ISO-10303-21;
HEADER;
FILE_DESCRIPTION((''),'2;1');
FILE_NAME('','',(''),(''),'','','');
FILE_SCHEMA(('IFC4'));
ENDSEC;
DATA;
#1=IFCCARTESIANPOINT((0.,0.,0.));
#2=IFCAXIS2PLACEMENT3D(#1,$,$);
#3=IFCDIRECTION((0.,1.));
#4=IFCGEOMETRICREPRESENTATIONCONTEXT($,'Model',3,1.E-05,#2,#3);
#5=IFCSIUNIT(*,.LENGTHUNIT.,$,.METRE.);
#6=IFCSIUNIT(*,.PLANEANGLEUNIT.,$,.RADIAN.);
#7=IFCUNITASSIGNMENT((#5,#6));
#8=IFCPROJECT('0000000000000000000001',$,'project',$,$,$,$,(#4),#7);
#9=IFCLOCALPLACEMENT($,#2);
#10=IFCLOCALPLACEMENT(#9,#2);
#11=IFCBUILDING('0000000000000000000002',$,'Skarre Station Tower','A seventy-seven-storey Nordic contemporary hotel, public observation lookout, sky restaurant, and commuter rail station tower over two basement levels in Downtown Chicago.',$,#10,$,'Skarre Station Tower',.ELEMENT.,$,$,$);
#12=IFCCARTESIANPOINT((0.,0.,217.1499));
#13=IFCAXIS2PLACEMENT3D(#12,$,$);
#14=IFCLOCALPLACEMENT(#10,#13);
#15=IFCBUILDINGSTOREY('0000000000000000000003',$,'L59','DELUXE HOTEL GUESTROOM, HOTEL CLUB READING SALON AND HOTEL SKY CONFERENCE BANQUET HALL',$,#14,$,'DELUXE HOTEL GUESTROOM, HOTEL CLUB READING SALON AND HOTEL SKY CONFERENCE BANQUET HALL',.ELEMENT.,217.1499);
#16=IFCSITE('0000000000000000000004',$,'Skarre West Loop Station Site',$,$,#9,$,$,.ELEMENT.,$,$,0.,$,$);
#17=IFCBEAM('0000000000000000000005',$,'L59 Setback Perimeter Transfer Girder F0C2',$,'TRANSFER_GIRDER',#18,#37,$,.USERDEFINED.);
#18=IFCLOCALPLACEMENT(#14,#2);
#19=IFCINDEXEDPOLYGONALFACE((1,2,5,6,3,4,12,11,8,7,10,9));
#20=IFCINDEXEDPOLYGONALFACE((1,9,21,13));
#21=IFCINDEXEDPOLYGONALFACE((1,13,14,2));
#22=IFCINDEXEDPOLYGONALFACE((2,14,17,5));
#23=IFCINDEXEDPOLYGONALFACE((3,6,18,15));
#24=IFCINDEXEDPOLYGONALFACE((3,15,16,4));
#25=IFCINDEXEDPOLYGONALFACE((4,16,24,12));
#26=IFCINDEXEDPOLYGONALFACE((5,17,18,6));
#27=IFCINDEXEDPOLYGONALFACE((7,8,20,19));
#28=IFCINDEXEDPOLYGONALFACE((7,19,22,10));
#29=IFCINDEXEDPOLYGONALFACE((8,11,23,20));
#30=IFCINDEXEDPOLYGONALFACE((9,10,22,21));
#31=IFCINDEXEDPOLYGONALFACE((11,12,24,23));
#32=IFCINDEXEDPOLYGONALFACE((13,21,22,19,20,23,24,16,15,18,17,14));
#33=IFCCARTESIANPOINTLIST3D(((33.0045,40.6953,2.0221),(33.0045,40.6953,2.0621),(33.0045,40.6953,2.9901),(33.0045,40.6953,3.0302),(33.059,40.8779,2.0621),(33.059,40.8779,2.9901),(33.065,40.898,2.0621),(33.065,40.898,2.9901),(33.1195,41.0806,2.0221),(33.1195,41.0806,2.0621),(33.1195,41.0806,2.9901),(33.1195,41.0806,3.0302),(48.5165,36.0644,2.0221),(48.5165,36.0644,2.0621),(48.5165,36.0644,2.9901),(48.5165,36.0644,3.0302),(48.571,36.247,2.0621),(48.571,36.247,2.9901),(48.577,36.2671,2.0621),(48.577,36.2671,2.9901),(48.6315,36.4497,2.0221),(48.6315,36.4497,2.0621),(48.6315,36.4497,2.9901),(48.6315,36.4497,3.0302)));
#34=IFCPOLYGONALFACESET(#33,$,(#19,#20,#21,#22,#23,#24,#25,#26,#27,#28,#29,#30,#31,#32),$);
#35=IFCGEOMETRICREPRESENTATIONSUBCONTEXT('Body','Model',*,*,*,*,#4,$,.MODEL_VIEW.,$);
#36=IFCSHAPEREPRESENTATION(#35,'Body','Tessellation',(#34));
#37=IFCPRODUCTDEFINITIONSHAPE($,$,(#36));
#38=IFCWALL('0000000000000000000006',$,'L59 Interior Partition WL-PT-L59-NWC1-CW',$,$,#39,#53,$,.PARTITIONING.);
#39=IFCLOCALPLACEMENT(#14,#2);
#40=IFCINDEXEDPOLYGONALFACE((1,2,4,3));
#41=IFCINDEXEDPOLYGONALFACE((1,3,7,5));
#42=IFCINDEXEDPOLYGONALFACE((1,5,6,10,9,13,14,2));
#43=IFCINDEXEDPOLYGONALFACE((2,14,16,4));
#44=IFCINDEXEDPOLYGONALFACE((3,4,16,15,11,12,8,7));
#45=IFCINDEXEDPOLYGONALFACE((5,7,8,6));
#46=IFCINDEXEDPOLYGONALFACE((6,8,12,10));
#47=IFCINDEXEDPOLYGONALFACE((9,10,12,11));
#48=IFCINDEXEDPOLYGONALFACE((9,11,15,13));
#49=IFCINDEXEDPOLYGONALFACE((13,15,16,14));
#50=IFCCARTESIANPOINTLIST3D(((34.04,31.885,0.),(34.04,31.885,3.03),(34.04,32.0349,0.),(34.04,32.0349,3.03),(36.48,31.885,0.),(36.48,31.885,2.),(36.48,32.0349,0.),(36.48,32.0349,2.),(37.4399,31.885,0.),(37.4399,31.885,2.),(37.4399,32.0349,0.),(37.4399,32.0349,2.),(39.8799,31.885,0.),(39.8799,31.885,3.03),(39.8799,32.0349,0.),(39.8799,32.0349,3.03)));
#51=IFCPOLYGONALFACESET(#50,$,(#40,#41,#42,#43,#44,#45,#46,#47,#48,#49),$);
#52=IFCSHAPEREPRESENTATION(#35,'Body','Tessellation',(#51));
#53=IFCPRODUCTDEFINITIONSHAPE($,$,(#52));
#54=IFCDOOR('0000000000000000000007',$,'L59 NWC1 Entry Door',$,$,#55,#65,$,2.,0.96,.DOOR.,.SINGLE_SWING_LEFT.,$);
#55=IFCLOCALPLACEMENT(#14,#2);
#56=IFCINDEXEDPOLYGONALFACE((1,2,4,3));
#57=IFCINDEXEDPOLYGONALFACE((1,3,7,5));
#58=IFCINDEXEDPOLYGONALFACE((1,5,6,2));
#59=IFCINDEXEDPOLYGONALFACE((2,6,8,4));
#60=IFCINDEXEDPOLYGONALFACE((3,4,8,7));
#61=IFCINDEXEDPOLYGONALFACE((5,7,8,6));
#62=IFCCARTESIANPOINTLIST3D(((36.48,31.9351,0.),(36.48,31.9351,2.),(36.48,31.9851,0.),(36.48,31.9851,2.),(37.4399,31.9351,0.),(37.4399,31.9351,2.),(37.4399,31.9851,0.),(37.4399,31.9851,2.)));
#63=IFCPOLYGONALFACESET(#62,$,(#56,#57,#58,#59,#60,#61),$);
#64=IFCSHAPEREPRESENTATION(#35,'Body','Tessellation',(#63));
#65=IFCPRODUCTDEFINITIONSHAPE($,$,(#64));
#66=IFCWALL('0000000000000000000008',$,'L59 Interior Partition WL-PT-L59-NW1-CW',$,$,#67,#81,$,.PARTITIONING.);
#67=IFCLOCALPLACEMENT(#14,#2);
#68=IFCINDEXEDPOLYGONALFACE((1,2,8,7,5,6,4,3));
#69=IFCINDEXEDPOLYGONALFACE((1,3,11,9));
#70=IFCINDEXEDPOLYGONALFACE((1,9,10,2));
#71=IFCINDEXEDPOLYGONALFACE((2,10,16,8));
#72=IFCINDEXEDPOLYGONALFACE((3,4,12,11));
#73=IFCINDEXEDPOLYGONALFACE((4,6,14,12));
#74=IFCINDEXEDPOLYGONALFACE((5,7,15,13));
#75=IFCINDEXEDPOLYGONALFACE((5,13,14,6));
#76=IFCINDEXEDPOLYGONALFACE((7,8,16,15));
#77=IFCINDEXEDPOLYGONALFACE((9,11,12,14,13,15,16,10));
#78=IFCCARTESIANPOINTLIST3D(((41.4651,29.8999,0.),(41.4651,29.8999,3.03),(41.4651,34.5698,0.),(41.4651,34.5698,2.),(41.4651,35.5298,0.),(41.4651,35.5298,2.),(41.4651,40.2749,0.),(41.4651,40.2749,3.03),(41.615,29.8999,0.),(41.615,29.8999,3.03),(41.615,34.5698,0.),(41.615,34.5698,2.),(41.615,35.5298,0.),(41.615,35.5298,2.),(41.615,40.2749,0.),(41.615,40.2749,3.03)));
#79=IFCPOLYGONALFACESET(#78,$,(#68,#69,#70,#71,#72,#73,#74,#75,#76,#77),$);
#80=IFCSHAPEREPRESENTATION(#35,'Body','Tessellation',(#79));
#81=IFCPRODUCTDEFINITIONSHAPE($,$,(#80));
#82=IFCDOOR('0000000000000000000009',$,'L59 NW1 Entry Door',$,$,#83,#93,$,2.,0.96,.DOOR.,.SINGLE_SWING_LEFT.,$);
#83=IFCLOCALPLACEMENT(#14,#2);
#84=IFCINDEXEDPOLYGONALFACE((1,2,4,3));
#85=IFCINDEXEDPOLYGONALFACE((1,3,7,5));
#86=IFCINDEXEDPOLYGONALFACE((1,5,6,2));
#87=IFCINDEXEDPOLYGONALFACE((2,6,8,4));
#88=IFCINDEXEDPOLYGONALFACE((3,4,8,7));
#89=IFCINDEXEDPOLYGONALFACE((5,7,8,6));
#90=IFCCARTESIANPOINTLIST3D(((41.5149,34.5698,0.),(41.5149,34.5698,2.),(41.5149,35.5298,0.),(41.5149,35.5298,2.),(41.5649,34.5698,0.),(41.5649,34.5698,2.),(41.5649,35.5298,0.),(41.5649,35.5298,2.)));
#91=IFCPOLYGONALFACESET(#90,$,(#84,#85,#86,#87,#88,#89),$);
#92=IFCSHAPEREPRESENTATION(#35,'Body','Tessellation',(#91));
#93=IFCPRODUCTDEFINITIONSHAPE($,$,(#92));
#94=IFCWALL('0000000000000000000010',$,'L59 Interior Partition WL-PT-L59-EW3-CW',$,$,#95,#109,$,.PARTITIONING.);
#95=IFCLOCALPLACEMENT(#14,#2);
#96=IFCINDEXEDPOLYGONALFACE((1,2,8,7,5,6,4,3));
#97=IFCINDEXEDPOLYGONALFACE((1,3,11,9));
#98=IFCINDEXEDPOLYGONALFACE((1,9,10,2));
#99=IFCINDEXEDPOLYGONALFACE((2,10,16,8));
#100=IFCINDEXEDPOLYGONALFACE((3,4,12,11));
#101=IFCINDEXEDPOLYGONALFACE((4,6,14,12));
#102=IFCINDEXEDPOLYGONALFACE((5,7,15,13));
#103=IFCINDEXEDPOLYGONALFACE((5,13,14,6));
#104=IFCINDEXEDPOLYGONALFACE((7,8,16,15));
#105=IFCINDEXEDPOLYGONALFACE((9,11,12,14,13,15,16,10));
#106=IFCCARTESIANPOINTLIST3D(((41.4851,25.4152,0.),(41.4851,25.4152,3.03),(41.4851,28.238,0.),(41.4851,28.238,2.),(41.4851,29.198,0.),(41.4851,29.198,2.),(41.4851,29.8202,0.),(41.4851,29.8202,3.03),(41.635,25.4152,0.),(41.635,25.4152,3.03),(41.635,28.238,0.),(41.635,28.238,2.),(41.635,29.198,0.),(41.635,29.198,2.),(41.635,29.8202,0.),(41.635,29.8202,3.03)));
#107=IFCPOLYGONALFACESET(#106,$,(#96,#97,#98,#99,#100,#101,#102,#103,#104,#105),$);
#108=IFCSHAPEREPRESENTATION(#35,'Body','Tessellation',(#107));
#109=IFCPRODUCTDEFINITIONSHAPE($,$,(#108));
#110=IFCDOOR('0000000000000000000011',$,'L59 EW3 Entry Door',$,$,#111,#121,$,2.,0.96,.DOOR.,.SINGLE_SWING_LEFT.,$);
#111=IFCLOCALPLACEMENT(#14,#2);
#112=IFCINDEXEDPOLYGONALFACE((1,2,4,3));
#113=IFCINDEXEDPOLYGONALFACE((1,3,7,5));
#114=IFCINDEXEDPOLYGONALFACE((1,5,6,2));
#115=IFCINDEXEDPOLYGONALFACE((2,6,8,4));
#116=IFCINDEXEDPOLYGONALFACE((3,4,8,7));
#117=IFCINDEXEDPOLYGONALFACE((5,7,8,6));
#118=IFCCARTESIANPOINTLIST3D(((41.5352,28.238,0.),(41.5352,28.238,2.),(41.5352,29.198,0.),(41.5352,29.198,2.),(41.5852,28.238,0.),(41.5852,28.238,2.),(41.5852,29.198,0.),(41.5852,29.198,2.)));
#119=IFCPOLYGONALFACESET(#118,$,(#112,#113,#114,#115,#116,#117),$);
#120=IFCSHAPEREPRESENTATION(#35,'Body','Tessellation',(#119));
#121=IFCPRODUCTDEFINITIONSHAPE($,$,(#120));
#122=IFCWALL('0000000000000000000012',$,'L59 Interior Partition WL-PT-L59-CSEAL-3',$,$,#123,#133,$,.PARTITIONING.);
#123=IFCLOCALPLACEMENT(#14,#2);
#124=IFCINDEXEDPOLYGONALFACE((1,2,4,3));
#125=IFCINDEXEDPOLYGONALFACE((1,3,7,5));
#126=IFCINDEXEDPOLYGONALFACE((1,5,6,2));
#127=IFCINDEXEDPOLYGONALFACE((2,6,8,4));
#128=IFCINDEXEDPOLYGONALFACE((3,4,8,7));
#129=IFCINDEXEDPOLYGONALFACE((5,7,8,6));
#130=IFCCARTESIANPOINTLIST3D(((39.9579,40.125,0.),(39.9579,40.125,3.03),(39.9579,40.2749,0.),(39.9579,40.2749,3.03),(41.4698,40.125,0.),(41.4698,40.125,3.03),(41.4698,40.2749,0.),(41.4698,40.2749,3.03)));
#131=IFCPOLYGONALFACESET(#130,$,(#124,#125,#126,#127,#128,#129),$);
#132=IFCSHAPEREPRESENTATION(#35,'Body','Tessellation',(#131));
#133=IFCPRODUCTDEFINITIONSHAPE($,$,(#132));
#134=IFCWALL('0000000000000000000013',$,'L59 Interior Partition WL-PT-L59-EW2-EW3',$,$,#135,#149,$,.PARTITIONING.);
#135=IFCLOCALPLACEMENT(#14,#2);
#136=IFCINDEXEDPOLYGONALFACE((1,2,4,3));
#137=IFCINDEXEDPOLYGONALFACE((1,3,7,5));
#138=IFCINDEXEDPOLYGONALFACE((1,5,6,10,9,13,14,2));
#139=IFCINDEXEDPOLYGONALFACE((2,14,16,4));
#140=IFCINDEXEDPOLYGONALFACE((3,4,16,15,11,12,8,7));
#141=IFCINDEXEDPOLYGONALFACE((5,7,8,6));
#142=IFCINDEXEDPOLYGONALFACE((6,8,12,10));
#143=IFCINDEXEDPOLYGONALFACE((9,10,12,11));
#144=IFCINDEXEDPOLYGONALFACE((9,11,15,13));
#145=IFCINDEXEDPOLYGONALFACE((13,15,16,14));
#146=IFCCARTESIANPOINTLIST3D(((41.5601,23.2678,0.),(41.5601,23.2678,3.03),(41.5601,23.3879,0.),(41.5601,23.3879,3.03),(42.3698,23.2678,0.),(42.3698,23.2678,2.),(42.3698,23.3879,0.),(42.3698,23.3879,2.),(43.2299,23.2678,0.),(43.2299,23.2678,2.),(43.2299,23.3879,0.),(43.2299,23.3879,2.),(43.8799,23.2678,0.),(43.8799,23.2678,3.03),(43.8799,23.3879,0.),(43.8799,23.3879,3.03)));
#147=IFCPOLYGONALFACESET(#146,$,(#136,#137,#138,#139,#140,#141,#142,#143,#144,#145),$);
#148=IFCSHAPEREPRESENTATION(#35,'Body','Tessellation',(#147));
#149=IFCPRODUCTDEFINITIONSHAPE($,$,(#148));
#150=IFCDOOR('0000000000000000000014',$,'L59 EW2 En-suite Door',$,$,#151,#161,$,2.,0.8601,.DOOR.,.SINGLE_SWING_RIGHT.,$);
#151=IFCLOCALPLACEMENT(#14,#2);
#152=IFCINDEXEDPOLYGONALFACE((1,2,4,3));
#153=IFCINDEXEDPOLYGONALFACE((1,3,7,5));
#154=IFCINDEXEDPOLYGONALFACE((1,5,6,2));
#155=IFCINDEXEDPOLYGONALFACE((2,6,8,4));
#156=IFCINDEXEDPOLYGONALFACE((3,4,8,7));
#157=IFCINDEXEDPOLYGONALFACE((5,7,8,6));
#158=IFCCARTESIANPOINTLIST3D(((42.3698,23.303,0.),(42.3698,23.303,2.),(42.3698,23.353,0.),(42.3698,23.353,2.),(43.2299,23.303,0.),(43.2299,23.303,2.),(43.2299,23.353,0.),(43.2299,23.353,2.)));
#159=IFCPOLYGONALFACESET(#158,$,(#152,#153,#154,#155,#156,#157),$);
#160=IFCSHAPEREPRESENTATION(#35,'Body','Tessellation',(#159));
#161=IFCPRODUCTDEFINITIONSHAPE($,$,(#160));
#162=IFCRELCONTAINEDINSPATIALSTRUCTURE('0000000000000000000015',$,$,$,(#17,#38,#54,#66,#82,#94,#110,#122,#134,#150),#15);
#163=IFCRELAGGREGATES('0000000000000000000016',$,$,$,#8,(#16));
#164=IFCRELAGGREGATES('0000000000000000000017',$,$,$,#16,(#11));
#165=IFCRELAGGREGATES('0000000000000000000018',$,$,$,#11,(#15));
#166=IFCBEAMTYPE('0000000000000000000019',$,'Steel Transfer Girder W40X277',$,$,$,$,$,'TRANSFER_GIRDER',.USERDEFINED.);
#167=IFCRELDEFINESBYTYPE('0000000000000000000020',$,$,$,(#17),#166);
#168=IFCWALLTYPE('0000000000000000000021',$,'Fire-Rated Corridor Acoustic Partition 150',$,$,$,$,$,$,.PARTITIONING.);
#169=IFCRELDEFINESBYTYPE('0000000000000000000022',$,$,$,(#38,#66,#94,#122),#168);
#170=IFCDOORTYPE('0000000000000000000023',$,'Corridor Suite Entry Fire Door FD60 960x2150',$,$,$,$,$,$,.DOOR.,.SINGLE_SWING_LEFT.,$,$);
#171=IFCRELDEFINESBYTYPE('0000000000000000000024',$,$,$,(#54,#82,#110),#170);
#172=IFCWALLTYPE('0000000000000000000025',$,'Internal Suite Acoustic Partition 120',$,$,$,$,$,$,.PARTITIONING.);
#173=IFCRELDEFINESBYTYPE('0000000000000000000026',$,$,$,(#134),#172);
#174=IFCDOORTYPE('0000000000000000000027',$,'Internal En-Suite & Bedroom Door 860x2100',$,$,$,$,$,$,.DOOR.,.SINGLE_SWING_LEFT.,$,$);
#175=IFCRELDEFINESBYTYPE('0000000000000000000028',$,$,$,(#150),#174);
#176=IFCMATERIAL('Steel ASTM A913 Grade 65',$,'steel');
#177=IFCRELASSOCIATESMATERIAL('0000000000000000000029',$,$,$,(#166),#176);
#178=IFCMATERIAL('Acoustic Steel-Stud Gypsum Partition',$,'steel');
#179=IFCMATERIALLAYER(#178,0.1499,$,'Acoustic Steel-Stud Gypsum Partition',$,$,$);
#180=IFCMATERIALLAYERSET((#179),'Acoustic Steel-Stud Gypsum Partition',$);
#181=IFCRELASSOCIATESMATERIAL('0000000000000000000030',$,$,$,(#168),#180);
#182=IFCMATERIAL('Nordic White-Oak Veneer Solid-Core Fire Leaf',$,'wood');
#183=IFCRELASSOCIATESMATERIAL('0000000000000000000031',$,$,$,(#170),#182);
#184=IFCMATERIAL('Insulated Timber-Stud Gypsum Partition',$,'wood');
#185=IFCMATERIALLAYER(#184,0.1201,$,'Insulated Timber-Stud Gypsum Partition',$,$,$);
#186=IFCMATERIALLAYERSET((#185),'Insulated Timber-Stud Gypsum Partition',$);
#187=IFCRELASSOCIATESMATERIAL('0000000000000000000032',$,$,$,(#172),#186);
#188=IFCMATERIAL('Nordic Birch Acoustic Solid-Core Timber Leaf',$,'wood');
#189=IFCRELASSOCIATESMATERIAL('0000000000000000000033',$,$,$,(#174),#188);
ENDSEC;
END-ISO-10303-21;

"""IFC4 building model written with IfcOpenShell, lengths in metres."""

from ifc_helpers import new_model, si_unit, direction, frame, frame_2d, origin, origin_2d, place, context, subcontext, project, spatial, rectangle, i_section, extrude, material, layer, layer_set, material_profile, profile_set, type_object, element, fill, save


model = new_model("IFC4")

# Units and contexts
model_context = context("Model", 3, precision=1e-05, world=origin(), true_north=direction((0.0, 1.0)))
body_context = subcontext(model_context, "Body", "Model", "MODEL_VIEW")
ifc_project = project(units=[si_unit("LENGTHUNIT", "METRE"), si_unit("PLANEANGLEUNIT", "RADIAN")], contexts=[model_context])

# Site, building, storey
site_placement = place(None, origin())
site = spatial("IfcSite", under=ifc_project, at=site_placement, Name="Skarre West Loop Station Site", CompositionType="ELEMENT", RefElevation=0.0)
building_placement = place(site_placement, origin())
building = spatial("IfcBuilding", under=site, at=building_placement, Name="Skarre Station Tower", Description="A seventy-seven-storey Nordic contemporary hotel, public observation lookout, sky restaurant, and commuter rail station tower over two basement levels in Downtown Chicago.", LongName="Skarre Station Tower", CompositionType="ELEMENT")
storey_placement = place(building_placement, frame((0.0, 0.0, 217.1499)))
storey = spatial("IfcBuildingStorey", under=building, at=storey_placement, Name="L59", Description="DELUXE HOTEL GUESTROOM, HOTEL CLUB READING SALON AND HOTEL SKY CONFERENCE BANQUET HALL", LongName="DELUXE HOTEL GUESTROOM, HOTEL CLUB READING SALON AND HOTEL SKY CONFERENCE BANQUET HALL", CompositionType="ELEMENT", Elevation=217.1499)

# Beam
ifc_material_1 = material(Name="Steel ASTM A913 Grade 65", Category="steel")
ifc_material_profile_1 = material_profile(ifc_material_1, i_section(OverallWidth=0.4021, OverallDepth=1.0081, WebThickness=0.021, FlangeThickness=0.04, at=origin_2d()), Name="Steel ASTM A913 Grade 65")
ifc_profile_set_1 = profile_set([ifc_material_profile_1], Name="Steel ASTM A913 Grade 65")
beam_type_1 = type_object("IfcBeamType", Name="Steel Transfer Girder W40X277", ElementType="TRANSFER_GIRDER", PredefinedType="USERDEFINED", material=ifc_profile_set_1)
beam_1_placement = place(storey_placement, frame((48.574, 36.2571, 2.5261), z_axis=(-0.958212, 0.28606, 0.0), x_axis=(-0.28606, -0.958212, 0.0)))
element("IfcBeam", 1, at=beam_1_placement, inside=storey, type_object=beam_type_1, Name="L59 Setback Perimeter Transfer Girder F0C2", ObjectType="TRANSFER_GIRDER", PredefinedType="USERDEFINED", context=body_context, shape_type="SweptSolid", body=[
    extrude(i_section(OverallWidth=0.4021, OverallDepth=1.0081, WebThickness=0.021, FlangeThickness=0.04, at=origin_2d()), origin(), (0.0, 0.0, 1.0), 16.1885),
])

# Walls, openings, doors
ifc_material_2 = material(Name="Acoustic Steel-Stud Gypsum Partition", Category="steel")
ifc_layer_1 = layer(ifc_material_2, 0.1499, Name="Acoustic Steel-Stud Gypsum Partition")
ifc_layer_set_1 = layer_set([ifc_layer_1], Name="Acoustic Steel-Stud Gypsum Partition")
wall_type_1 = type_object("IfcWallType", Name="Fire-Rated Corridor Acoustic Partition 150", PredefinedType="PARTITIONING", material=ifc_layer_set_1)
wall_1_placement = place(storey_placement, frame((39.8799, 31.96, 0.0), z_axis=(0.0, 0.0, 1.0), x_axis=(-1.0, 0.0, 0.0)))
wall_1 = element("IfcWall", 2, at=wall_1_placement, inside=storey, type_object=wall_type_1, Name="L59 Interior Partition WL-PT-L59-NWC1-CW", PredefinedType="PARTITIONING", context=body_context, shape_type="SweptSolid", body=[
    extrude(rectangle(XDim=5.8398, YDim=0.1499, at=frame_2d((2.9199, 0.0))), origin(), (0.0, 0.0, 1.0), 3.03),
])
opening_1_placement = place(wall_1_placement, frame((2.4399, 0.0, 0.0)))
opening_1 = element("IfcOpeningElement", 3, at=opening_1_placement, cuts=wall_1, PredefinedType="OPENING", context=body_context, shape_type="SweptSolid", body=[
    extrude(rectangle(XDim=0.96, YDim=2.0, at=frame_2d((0.48, 1.0))), frame((0.0, 0.085, 0.0), z_axis=(0.0, -1.0, 0.0), x_axis=(1.0, 0.0, 0.0)), (0.0, 0.0, 1.0), 0.1699),
])
ifc_material_3 = material(Name="Nordic White-Oak Veneer Solid-Core Fire Leaf", Category="wood")
door_type_1 = type_object("IfcDoorType", Name="Corridor Suite Entry Fire Door FD60 960x2150", OperationType="SINGLE_SWING_LEFT", PredefinedType="DOOR", material=ifc_material_3)
door_1_placement = place(opening_1_placement, origin())
door_1 = element("IfcDoor", 4, at=door_1_placement, inside=storey, type_object=door_type_1, Name="L59 NWC1 Entry Door", OperationType="SINGLE_SWING_LEFT", OverallHeight=2.0, OverallWidth=0.96, PredefinedType="DOOR", context=body_context, shape_type="SweptSolid", body=[
    extrude(rectangle(XDim=0.96, YDim=2.0, at=frame_2d((0.48, 1.0))), frame((0.0, 0.0249, 0.0), z_axis=(0.0, -1.0, 0.0), x_axis=(1.0, 0.0, 0.0)), (0.0, 0.0, 1.0), 0.05),
])
fill(opening_1, door_1)
wall_2_placement = place(storey_placement, frame((41.54, 40.2749, 0.0), z_axis=(0.0, 0.0, 1.0), x_axis=(0.0, -1.0, 0.0)))
wall_2 = element("IfcWall", 5, at=wall_2_placement, inside=storey, type_object=wall_type_1, Name="L59 Interior Partition WL-PT-L59-NW1-CW", PredefinedType="PARTITIONING", context=body_context, shape_type="SweptSolid", body=[
    extrude(rectangle(XDim=10.375, YDim=0.1499, at=frame_2d((5.1875, 0.0))), origin(), (0.0, 0.0, 1.0), 3.03),
])
opening_2_placement = place(wall_2_placement, frame((4.7451, 0.0, 0.0)))
opening_2 = element("IfcOpeningElement", 6, at=opening_2_placement, cuts=wall_2, PredefinedType="OPENING", context=body_context, shape_type="SweptSolid", body=[
    extrude(rectangle(XDim=0.96, YDim=2.0, at=frame_2d((0.48, 1.0))), frame((0.0, 0.085, 0.0), z_axis=(0.0, -1.0, 0.0), x_axis=(1.0, 0.0, 0.0)), (0.0, 0.0, 1.0), 0.1699),
])
door_2_placement = place(opening_2_placement, origin())
door_2 = element("IfcDoor", 7, at=door_2_placement, inside=storey, type_object=door_type_1, Name="L59 NW1 Entry Door", OperationType="SINGLE_SWING_LEFT", OverallHeight=2.0, OverallWidth=0.96, PredefinedType="DOOR", context=body_context, shape_type="SweptSolid", body=[
    extrude(rectangle(XDim=0.96, YDim=2.0, at=frame_2d((0.48, 1.0))), frame((0.0, 0.0249, 0.0), z_axis=(0.0, -1.0, 0.0), x_axis=(1.0, 0.0, 0.0)), (0.0, 0.0, 1.0), 0.05),
])
fill(opening_2, door_2)
wall_3_placement = place(storey_placement, frame((41.5601, 25.415, 0.0), z_axis=(0.0, 0.0, 1.0), x_axis=(0.0, 1.0, 0.0)))
wall_3 = element("IfcWall", 8, at=wall_3_placement, inside=storey, type_object=wall_type_1, Name="L59 Interior Partition WL-PT-L59-EW3-CW", PredefinedType="PARTITIONING", context=body_context, shape_type="SweptSolid", body=[
    extrude(rectangle(XDim=4.405, YDim=0.1499, at=frame_2d((2.2026, 0.0))), origin(), (0.0, 0.0, 1.0), 3.03),
])
opening_3_placement = place(wall_3_placement, frame((2.823, 0.0, 0.0)))
opening_3 = element("IfcOpeningElement", 9, at=opening_3_placement, cuts=wall_3, PredefinedType="OPENING", context=body_context, shape_type="SweptSolid", body=[
    extrude(rectangle(XDim=0.96, YDim=2.0, at=frame_2d((0.48, 1.0))), frame((0.0, 0.085, 0.0), z_axis=(0.0, -1.0, 0.0), x_axis=(1.0, 0.0, 0.0)), (0.0, 0.0, 1.0), 0.1699),
])
door_3_placement = place(opening_3_placement, origin())
door_3 = element("IfcDoor", 10, at=door_3_placement, inside=storey, type_object=door_type_1, Name="L59 EW3 Entry Door", OperationType="SINGLE_SWING_LEFT", OverallHeight=2.0, OverallWidth=0.96, PredefinedType="DOOR", context=body_context, shape_type="SweptSolid", body=[
    extrude(rectangle(XDim=0.96, YDim=2.0, at=frame_2d((0.48, 1.0))), frame((0.0, 0.0249, 0.0), z_axis=(0.0, -1.0, 0.0), x_axis=(1.0, 0.0, 0.0)), (0.0, 0.0, 1.0), 0.05),
])
fill(opening_3, door_3)

# Wall
wall_4_placement = place(storey_placement, frame((39.958, 40.2, 0.0), z_axis=(0.0, 0.0, 1.0), x_axis=(1.0, 0.0, 0.0)))
element("IfcWall", 11, at=wall_4_placement, inside=storey, type_object=wall_type_1, Name="L59 Interior Partition WL-PT-L59-CSEAL-3", PredefinedType="PARTITIONING", context=body_context, shape_type="SweptSolid", body=[
    extrude(rectangle(XDim=1.512, YDim=0.1499, at=frame_2d((0.7559, 0.0))), origin(), (0.0, 0.0, 1.0), 3.03),
])

# Wall, opening, door
ifc_material_4 = material(Name="Insulated Timber-Stud Gypsum Partition", Category="wood")
ifc_layer_2 = layer(ifc_material_4, 0.1201, Name="Insulated Timber-Stud Gypsum Partition")
ifc_layer_set_2 = layer_set([ifc_layer_2], Name="Insulated Timber-Stud Gypsum Partition")
wall_type_2 = type_object("IfcWallType", Name="Internal Suite Acoustic Partition 120", PredefinedType="PARTITIONING", material=ifc_layer_set_2)
wall_5_placement = place(storey_placement, frame((43.8799, 23.3279, 0.0), z_axis=(0.0, 0.0, 1.0), x_axis=(-1.0, 0.0, 0.0)))
wall_5 = element("IfcWall", 12, at=wall_5_placement, inside=storey, type_object=wall_type_2, Name="L59 Interior Partition WL-PT-L59-EW2-EW3", PredefinedType="PARTITIONING", context=body_context, shape_type="SweptSolid", body=[
    extrude(rectangle(XDim=2.3198, YDim=0.1201, at=frame_2d((1.1599, 0.0))), origin(), (0.0, 0.0, 1.0), 3.03),
])
opening_4_placement = place(wall_5_placement, frame((0.6499, 0.0, 0.0)))
opening_4 = element("IfcOpeningElement", 13, at=opening_4_placement, cuts=wall_5, PredefinedType="OPENING", context=body_context, shape_type="SweptSolid", body=[
    extrude(rectangle(XDim=0.8601, YDim=2.0, at=frame_2d((0.4302, 1.0))), frame((0.0, 0.0701, 0.0), z_axis=(0.0, -1.0, 0.0), x_axis=(1.0, 0.0, 0.0)), (0.0, 0.0, 1.0), 0.1401),
])
ifc_material_5 = material(Name="Nordic Birch Acoustic Solid-Core Timber Leaf", Category="wood")
door_type_2 = type_object("IfcDoorType", Name="Internal En-Suite & Bedroom Door 860x2100", OperationType="SINGLE_SWING_LEFT", PredefinedType="DOOR", material=ifc_material_5)
door_4_placement = place(opening_4_placement, origin())
door_4 = element("IfcDoor", 14, at=door_4_placement, inside=storey, type_object=door_type_2, Name="L59 EW2 En-suite Door", OperationType="SINGLE_SWING_RIGHT", OverallHeight=2.0, OverallWidth=0.8601, PredefinedType="DOOR", context=body_context, shape_type="SweptSolid", body=[
    extrude(rectangle(XDim=0.8601, YDim=2.0, at=frame_2d((0.4302, 1.0))), frame((0.0, 0.0249, 0.0), z_axis=(0.0, -1.0, 0.0), x_axis=(1.0, 0.0, 0.0)), (0.0, 0.0, 1.0), 0.05),
])
fill(opening_4, door_4)

save(model, "model.ifc")
